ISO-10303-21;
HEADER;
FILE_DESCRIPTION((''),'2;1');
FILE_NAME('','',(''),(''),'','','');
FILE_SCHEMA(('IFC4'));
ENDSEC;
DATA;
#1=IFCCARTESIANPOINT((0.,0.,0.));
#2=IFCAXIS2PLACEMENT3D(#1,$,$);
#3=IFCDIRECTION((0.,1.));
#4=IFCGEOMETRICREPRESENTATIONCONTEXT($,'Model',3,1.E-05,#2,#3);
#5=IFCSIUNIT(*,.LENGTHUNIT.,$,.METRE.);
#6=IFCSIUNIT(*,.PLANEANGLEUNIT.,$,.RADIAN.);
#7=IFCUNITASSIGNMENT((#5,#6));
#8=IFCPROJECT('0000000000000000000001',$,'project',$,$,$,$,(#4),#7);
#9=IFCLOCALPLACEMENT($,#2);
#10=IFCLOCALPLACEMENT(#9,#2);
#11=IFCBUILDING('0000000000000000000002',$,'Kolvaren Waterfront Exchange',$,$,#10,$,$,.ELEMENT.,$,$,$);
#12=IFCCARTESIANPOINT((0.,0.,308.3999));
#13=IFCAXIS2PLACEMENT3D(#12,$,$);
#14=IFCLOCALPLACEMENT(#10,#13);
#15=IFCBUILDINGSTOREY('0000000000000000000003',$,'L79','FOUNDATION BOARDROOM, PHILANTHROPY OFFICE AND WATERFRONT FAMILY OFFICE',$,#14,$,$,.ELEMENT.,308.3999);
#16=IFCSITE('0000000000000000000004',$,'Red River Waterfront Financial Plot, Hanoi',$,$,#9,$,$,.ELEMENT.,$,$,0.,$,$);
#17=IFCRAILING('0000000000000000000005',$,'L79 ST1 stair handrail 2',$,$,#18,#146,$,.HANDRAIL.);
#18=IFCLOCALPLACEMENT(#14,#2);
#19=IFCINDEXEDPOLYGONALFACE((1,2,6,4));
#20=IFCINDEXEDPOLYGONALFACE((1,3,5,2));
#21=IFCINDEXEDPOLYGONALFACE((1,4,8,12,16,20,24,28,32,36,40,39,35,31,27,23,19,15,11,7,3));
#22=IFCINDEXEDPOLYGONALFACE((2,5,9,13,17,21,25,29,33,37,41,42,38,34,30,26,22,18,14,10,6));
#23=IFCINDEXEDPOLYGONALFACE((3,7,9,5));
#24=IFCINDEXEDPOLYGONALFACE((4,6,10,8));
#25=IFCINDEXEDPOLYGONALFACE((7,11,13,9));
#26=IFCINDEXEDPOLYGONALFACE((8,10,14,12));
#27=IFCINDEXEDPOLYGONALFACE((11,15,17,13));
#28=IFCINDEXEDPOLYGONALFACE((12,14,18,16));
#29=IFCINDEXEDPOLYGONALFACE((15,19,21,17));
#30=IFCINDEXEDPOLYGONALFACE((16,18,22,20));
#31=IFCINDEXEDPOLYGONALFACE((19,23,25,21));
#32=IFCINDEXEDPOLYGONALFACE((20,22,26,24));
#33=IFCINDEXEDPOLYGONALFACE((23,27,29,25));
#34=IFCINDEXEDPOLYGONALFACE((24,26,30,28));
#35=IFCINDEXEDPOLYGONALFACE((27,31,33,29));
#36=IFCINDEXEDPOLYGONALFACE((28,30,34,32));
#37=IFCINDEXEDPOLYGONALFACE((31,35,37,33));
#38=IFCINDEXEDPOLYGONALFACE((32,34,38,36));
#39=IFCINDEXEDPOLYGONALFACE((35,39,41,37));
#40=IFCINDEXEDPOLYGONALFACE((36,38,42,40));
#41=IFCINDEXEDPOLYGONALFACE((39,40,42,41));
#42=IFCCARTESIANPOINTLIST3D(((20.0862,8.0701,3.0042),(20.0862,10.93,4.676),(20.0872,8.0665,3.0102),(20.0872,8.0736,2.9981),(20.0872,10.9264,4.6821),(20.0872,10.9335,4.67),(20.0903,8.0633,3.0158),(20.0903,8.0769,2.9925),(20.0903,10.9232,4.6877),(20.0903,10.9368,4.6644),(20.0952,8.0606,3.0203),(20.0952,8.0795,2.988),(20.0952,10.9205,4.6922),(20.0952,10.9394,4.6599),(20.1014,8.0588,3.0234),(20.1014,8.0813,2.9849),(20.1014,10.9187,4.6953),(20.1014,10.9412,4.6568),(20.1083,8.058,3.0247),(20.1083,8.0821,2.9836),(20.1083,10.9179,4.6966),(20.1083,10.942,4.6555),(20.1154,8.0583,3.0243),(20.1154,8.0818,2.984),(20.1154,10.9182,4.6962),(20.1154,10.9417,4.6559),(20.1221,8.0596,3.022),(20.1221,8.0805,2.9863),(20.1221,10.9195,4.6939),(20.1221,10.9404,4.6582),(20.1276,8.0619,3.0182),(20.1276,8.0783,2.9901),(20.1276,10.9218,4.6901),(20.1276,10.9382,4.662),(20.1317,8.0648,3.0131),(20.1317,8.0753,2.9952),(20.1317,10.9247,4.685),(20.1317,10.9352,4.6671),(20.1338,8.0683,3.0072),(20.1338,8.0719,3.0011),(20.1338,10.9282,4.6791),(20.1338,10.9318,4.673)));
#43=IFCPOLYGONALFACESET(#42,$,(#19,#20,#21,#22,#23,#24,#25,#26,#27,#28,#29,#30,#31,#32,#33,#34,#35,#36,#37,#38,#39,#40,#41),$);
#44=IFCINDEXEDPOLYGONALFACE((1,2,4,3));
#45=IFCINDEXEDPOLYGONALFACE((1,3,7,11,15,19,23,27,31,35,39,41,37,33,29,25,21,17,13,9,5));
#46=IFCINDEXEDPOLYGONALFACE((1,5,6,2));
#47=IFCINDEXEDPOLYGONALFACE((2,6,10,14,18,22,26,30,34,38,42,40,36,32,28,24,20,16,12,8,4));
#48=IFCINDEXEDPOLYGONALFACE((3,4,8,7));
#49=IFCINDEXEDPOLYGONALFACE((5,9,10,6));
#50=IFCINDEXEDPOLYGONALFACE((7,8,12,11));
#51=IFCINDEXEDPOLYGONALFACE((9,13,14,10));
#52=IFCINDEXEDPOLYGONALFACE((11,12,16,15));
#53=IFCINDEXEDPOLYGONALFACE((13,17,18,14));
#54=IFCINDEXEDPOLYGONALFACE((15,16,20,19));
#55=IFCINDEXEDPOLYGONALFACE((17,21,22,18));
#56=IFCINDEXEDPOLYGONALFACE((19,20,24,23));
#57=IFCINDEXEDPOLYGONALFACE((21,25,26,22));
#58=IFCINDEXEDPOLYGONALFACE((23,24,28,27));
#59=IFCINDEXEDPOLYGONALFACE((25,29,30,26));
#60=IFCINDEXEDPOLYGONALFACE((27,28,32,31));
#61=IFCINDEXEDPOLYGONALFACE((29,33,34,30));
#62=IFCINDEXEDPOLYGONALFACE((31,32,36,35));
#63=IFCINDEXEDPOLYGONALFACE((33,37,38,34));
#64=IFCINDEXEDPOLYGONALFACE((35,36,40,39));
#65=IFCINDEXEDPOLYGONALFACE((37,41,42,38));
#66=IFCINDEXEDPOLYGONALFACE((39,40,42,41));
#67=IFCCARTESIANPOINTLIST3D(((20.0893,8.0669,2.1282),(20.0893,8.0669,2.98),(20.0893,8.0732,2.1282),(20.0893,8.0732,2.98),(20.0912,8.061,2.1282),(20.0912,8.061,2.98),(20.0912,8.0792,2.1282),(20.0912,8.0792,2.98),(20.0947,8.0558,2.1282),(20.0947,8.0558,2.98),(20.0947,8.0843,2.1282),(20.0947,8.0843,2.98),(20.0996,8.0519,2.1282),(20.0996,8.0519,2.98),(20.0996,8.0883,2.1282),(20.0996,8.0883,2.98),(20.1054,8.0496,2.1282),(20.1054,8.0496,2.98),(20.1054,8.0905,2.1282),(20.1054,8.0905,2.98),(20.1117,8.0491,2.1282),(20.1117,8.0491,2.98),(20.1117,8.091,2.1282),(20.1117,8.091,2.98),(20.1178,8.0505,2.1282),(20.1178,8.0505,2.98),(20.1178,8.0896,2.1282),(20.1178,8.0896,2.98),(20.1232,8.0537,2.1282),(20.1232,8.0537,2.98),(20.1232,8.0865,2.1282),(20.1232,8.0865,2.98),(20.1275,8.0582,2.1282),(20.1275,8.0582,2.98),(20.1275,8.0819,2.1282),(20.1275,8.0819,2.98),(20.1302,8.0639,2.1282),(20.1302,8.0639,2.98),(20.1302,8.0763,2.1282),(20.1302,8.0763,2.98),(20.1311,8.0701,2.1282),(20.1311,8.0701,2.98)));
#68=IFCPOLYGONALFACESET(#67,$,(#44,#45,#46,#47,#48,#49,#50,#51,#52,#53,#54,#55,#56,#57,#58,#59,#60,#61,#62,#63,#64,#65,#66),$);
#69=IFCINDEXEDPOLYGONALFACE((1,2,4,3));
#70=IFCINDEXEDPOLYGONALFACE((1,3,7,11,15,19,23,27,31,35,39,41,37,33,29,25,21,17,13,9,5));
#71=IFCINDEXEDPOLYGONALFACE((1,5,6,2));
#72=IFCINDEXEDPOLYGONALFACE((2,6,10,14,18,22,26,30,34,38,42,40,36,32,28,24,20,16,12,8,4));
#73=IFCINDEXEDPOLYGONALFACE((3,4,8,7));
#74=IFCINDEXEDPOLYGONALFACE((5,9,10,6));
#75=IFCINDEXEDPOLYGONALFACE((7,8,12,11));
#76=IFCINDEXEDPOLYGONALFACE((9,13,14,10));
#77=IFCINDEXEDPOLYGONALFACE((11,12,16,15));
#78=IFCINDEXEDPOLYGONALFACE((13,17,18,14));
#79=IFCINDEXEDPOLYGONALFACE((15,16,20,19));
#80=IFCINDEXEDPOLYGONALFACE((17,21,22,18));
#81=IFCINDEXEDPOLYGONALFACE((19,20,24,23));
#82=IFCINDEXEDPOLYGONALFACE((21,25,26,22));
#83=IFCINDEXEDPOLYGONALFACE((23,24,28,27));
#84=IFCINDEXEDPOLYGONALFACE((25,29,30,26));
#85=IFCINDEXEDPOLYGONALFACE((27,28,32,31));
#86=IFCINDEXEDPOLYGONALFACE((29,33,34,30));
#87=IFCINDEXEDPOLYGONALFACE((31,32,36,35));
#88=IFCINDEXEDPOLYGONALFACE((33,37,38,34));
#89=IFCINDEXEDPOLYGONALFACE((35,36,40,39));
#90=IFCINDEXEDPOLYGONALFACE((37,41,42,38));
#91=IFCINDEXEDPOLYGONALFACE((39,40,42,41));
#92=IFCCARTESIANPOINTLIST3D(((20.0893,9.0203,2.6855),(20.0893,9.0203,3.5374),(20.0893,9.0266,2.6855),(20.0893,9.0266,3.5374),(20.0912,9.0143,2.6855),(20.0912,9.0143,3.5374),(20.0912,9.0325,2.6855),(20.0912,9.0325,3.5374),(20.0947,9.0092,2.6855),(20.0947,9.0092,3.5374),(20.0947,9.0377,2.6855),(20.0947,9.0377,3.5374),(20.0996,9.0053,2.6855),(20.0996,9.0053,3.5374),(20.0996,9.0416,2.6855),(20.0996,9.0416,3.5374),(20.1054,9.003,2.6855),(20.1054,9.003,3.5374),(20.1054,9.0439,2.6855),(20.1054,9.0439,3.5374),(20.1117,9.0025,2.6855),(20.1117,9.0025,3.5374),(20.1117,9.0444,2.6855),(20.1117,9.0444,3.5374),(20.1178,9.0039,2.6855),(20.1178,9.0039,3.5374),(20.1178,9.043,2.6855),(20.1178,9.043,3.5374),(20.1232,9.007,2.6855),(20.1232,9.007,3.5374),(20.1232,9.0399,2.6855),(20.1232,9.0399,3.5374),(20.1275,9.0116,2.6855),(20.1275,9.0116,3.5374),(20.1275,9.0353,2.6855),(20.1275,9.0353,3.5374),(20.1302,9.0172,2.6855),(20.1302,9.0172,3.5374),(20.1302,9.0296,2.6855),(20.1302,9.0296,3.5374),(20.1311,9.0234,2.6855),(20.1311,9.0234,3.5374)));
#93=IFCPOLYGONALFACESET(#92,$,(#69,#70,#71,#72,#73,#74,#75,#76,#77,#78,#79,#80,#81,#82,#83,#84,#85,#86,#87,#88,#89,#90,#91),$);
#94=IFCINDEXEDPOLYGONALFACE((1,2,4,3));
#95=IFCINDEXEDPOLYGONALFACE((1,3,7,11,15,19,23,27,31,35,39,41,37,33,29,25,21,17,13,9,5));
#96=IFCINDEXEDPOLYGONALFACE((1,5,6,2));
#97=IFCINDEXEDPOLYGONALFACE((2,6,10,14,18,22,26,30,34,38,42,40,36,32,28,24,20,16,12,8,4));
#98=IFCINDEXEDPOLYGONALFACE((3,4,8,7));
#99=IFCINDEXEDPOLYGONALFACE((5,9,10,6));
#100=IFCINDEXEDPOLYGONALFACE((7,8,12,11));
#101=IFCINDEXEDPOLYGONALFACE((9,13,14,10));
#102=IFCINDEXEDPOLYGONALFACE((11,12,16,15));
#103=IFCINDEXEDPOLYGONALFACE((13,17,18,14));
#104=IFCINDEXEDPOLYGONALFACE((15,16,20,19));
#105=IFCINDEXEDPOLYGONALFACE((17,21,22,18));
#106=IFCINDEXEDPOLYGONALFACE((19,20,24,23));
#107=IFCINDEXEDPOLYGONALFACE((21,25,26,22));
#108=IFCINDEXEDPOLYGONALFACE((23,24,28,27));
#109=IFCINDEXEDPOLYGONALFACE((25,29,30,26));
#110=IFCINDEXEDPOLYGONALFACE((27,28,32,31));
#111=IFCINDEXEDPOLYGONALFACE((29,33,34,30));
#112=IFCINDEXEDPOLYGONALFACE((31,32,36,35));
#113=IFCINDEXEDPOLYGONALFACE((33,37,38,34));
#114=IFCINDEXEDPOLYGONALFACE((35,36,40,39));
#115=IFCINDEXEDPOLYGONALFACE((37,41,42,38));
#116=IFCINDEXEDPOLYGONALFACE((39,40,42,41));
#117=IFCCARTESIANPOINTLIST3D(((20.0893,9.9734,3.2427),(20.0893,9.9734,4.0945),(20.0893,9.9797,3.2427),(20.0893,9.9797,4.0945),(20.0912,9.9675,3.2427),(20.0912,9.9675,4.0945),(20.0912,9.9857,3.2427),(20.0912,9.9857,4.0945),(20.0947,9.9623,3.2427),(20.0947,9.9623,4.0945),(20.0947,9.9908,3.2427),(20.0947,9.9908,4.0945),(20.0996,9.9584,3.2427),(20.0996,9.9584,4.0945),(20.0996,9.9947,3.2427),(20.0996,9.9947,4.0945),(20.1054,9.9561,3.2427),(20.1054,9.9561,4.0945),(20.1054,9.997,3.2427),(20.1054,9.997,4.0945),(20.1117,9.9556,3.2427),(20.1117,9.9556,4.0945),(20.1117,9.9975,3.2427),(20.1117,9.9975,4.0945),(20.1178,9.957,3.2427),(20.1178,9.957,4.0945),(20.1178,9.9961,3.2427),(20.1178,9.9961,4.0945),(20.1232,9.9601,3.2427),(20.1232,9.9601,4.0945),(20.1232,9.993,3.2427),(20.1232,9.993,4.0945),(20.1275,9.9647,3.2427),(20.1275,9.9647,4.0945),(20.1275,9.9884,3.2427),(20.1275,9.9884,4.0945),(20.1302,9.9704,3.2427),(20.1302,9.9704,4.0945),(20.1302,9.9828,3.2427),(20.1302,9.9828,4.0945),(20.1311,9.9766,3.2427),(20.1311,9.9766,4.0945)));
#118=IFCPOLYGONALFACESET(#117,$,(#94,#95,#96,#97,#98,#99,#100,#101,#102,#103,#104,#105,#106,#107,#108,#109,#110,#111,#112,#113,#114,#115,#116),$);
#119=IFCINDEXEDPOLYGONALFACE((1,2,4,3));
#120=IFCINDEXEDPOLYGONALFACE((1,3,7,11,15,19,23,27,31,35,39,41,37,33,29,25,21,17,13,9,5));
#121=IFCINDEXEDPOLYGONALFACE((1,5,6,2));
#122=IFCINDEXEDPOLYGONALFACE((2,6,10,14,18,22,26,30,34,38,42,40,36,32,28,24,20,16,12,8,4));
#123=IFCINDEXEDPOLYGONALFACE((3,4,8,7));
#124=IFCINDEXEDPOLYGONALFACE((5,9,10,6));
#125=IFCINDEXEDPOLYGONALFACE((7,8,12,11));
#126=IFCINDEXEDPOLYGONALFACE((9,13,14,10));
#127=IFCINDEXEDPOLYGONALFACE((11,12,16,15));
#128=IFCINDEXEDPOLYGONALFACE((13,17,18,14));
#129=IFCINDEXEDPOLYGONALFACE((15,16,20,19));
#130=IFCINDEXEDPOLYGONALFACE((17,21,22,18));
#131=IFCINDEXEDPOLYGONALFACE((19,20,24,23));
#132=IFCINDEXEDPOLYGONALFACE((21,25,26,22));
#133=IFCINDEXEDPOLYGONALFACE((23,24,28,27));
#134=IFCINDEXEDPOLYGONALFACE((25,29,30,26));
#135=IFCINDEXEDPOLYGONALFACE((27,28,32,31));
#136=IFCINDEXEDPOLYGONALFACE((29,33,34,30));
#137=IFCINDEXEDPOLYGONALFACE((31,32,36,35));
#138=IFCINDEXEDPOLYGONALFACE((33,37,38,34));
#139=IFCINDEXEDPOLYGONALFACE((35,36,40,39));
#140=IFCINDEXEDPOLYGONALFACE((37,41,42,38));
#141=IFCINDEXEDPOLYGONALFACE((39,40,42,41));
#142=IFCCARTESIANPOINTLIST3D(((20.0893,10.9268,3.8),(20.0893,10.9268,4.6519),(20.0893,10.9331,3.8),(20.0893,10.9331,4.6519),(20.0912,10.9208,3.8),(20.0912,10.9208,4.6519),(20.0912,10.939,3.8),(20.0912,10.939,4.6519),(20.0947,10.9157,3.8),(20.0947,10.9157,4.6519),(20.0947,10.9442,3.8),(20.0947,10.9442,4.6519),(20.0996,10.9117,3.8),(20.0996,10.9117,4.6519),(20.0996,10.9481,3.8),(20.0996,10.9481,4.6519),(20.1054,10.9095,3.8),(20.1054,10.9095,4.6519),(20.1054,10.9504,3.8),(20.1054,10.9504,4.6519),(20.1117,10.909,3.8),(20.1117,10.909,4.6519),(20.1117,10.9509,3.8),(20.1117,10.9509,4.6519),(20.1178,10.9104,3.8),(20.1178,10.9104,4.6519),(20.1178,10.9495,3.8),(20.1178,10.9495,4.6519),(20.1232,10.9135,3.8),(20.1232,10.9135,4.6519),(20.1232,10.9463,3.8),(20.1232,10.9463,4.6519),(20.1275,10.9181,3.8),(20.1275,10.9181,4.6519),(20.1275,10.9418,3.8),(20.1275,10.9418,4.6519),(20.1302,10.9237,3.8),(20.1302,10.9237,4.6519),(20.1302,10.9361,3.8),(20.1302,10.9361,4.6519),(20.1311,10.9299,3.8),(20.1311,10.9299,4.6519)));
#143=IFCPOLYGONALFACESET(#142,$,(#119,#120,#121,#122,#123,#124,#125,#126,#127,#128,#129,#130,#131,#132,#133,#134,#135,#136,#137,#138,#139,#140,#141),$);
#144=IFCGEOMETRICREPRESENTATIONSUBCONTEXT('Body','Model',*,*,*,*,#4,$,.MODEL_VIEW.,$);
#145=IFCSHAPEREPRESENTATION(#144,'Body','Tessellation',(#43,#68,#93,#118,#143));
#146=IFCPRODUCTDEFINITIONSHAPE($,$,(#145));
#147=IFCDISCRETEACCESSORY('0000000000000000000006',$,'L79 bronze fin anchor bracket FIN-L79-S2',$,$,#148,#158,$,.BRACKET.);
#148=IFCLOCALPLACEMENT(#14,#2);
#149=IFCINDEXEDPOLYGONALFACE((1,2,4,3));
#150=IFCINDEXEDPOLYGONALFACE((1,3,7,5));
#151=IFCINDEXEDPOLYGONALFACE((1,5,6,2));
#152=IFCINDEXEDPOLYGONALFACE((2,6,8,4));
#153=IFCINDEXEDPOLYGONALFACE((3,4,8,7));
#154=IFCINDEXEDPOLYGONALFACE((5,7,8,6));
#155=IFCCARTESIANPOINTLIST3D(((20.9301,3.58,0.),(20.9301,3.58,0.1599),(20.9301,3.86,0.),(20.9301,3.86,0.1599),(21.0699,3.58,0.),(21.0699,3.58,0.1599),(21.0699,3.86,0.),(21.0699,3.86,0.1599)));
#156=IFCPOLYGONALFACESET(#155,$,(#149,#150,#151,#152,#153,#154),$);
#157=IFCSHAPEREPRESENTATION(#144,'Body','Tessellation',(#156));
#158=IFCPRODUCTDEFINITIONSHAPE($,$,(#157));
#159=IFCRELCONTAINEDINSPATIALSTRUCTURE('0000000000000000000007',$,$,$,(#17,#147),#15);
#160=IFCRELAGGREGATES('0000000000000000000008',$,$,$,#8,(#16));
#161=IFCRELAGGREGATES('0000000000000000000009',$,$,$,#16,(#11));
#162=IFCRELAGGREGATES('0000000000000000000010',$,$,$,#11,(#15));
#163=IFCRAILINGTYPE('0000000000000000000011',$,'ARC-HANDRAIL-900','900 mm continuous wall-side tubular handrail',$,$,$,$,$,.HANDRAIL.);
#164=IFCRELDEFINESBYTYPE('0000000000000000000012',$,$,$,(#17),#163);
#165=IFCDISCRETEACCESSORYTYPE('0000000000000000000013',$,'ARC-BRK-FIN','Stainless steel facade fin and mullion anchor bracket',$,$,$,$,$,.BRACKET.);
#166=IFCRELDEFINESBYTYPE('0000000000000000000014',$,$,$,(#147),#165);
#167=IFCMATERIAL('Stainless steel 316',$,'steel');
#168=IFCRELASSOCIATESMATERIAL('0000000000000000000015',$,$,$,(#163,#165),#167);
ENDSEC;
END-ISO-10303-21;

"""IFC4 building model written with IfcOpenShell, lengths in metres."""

from ifc_helpers import new_model, si_unit, direction, frame, origin, origin_with_axes, origin_2d, place, context, subcontext, project, spatial, rectangle, circle, extrude, source, transform, mapped, material, type_object, element, save


model = new_model("IFC4")

# Units and contexts
model_context = context("Model", 3, precision=1e-05, world=origin(), true_north=direction((0.0, 1.0)))
body_context = subcontext(model_context, "Body", "Model", "MODEL_VIEW")
ifc_project = project(units=[si_unit("LENGTHUNIT", "METRE"), si_unit("PLANEANGLEUNIT", "RADIAN")], contexts=[model_context])

# Site, building, storey
site_placement = place(None, origin())
site = spatial("IfcSite", under=ifc_project, at=site_placement, Name="Red River Waterfront Financial Plot, Hanoi", CompositionType="ELEMENT", RefElevation=0.0)
building_placement = place(site_placement, origin())
building = spatial("IfcBuilding", under=site, at=building_placement, Name="Kolvaren Waterfront Exchange", CompositionType="ELEMENT")
storey_placement = place(building_placement, frame((0.0, 0.0, 308.3999)))
storey = spatial("IfcBuildingStorey", under=building, at=storey_placement, Name="L79", Description="FOUNDATION BOARDROOM, PHILANTHROPY OFFICE AND WATERFRONT FAMILY OFFICE", CompositionType="ELEMENT", Elevation=308.3999)

# Railing
ifc_material_1 = material(Name="Stainless steel 316", Category="steel")
railing_type_1 = type_object("IfcRailingType", Name="ARC-HANDRAIL-900", Description="900 mm continuous wall-side tubular handrail", PredefinedType="HANDRAIL", material=ifc_material_1)
railing_1_placement = place(storey_placement, frame((20.1101, 8.0701, 2.1282)))
element("IfcRailing", 1, at=railing_1_placement, inside=storey, type_object=railing_type_1, Name="L79 ST1 stair handrail 2", PredefinedType="HANDRAIL", context=body_context, shape_type="SweptSolid", body=[
    extrude(circle(Radius=0.0239, at=origin_2d()), frame((0.0, 0.0, 0.876), z_axis=(0.0, 0.863303, 0.504686), x_axis=(-1.0, 0.0, 0.0)), (0.0, 0.0, 1.0), 3.3127),
    extrude(circle(Radius=0.021, at=origin_2d()), origin(), (0.0, 0.0, 1.0), 0.8518),
    extrude(circle(Radius=0.021, at=origin_2d()), frame((0.0, 0.9534, 0.5574)), (0.0, 0.0, 1.0), 0.8518),
    extrude(circle(Radius=0.021, at=origin_2d()), frame((0.0, 1.9065, 1.1145)), (0.0, 0.0, 1.0), 0.8518),
    extrude(circle(Radius=0.021, at=origin_2d()), frame((0.0, 2.8599, 1.6719)), (0.0, 0.0, 1.0), 0.8518),
])

# Discrete accessory
discrete_accessory_type = type_object("IfcDiscreteAccessoryType", Name="ARC-BRK-FIN", Description="Stainless steel facade fin and mullion anchor bracket", PredefinedType="BRACKET", material=ifc_material_1)
shared_shape_1 = source(origin_with_axes(), body_context, "Body", "SweptSolid", [
    extrude(rectangle(XDim=0.28, YDim=0.1399, at=origin_2d()), origin(), (0.0, 0.0, 1.0), 0.1599),
])
discrete_accessory_placement = place(storey_placement, frame((21.0, 3.72, 0.0), z_axis=(0.0, 0.0, 1.0), x_axis=(0.0, -1.0, 0.0)))
element("IfcDiscreteAccessory", 2, at=discrete_accessory_placement, inside=storey, type_object=discrete_accessory_type, Name="L79 bronze fin anchor bracket FIN-L79-S2", PredefinedType="BRACKET", context=body_context, shape_type="MappedRepresentation", body=[
    mapped(shared_shape_1, transform((0.0, 0.0, 0.0), x_axis=(1.0, 0.0, 0.0), y_axis=(0.0, 1.0, 0.0), z_axis=(0.0, 0.0, 1.0), scale=1.0)),
])

save(model, "model.ifc")
